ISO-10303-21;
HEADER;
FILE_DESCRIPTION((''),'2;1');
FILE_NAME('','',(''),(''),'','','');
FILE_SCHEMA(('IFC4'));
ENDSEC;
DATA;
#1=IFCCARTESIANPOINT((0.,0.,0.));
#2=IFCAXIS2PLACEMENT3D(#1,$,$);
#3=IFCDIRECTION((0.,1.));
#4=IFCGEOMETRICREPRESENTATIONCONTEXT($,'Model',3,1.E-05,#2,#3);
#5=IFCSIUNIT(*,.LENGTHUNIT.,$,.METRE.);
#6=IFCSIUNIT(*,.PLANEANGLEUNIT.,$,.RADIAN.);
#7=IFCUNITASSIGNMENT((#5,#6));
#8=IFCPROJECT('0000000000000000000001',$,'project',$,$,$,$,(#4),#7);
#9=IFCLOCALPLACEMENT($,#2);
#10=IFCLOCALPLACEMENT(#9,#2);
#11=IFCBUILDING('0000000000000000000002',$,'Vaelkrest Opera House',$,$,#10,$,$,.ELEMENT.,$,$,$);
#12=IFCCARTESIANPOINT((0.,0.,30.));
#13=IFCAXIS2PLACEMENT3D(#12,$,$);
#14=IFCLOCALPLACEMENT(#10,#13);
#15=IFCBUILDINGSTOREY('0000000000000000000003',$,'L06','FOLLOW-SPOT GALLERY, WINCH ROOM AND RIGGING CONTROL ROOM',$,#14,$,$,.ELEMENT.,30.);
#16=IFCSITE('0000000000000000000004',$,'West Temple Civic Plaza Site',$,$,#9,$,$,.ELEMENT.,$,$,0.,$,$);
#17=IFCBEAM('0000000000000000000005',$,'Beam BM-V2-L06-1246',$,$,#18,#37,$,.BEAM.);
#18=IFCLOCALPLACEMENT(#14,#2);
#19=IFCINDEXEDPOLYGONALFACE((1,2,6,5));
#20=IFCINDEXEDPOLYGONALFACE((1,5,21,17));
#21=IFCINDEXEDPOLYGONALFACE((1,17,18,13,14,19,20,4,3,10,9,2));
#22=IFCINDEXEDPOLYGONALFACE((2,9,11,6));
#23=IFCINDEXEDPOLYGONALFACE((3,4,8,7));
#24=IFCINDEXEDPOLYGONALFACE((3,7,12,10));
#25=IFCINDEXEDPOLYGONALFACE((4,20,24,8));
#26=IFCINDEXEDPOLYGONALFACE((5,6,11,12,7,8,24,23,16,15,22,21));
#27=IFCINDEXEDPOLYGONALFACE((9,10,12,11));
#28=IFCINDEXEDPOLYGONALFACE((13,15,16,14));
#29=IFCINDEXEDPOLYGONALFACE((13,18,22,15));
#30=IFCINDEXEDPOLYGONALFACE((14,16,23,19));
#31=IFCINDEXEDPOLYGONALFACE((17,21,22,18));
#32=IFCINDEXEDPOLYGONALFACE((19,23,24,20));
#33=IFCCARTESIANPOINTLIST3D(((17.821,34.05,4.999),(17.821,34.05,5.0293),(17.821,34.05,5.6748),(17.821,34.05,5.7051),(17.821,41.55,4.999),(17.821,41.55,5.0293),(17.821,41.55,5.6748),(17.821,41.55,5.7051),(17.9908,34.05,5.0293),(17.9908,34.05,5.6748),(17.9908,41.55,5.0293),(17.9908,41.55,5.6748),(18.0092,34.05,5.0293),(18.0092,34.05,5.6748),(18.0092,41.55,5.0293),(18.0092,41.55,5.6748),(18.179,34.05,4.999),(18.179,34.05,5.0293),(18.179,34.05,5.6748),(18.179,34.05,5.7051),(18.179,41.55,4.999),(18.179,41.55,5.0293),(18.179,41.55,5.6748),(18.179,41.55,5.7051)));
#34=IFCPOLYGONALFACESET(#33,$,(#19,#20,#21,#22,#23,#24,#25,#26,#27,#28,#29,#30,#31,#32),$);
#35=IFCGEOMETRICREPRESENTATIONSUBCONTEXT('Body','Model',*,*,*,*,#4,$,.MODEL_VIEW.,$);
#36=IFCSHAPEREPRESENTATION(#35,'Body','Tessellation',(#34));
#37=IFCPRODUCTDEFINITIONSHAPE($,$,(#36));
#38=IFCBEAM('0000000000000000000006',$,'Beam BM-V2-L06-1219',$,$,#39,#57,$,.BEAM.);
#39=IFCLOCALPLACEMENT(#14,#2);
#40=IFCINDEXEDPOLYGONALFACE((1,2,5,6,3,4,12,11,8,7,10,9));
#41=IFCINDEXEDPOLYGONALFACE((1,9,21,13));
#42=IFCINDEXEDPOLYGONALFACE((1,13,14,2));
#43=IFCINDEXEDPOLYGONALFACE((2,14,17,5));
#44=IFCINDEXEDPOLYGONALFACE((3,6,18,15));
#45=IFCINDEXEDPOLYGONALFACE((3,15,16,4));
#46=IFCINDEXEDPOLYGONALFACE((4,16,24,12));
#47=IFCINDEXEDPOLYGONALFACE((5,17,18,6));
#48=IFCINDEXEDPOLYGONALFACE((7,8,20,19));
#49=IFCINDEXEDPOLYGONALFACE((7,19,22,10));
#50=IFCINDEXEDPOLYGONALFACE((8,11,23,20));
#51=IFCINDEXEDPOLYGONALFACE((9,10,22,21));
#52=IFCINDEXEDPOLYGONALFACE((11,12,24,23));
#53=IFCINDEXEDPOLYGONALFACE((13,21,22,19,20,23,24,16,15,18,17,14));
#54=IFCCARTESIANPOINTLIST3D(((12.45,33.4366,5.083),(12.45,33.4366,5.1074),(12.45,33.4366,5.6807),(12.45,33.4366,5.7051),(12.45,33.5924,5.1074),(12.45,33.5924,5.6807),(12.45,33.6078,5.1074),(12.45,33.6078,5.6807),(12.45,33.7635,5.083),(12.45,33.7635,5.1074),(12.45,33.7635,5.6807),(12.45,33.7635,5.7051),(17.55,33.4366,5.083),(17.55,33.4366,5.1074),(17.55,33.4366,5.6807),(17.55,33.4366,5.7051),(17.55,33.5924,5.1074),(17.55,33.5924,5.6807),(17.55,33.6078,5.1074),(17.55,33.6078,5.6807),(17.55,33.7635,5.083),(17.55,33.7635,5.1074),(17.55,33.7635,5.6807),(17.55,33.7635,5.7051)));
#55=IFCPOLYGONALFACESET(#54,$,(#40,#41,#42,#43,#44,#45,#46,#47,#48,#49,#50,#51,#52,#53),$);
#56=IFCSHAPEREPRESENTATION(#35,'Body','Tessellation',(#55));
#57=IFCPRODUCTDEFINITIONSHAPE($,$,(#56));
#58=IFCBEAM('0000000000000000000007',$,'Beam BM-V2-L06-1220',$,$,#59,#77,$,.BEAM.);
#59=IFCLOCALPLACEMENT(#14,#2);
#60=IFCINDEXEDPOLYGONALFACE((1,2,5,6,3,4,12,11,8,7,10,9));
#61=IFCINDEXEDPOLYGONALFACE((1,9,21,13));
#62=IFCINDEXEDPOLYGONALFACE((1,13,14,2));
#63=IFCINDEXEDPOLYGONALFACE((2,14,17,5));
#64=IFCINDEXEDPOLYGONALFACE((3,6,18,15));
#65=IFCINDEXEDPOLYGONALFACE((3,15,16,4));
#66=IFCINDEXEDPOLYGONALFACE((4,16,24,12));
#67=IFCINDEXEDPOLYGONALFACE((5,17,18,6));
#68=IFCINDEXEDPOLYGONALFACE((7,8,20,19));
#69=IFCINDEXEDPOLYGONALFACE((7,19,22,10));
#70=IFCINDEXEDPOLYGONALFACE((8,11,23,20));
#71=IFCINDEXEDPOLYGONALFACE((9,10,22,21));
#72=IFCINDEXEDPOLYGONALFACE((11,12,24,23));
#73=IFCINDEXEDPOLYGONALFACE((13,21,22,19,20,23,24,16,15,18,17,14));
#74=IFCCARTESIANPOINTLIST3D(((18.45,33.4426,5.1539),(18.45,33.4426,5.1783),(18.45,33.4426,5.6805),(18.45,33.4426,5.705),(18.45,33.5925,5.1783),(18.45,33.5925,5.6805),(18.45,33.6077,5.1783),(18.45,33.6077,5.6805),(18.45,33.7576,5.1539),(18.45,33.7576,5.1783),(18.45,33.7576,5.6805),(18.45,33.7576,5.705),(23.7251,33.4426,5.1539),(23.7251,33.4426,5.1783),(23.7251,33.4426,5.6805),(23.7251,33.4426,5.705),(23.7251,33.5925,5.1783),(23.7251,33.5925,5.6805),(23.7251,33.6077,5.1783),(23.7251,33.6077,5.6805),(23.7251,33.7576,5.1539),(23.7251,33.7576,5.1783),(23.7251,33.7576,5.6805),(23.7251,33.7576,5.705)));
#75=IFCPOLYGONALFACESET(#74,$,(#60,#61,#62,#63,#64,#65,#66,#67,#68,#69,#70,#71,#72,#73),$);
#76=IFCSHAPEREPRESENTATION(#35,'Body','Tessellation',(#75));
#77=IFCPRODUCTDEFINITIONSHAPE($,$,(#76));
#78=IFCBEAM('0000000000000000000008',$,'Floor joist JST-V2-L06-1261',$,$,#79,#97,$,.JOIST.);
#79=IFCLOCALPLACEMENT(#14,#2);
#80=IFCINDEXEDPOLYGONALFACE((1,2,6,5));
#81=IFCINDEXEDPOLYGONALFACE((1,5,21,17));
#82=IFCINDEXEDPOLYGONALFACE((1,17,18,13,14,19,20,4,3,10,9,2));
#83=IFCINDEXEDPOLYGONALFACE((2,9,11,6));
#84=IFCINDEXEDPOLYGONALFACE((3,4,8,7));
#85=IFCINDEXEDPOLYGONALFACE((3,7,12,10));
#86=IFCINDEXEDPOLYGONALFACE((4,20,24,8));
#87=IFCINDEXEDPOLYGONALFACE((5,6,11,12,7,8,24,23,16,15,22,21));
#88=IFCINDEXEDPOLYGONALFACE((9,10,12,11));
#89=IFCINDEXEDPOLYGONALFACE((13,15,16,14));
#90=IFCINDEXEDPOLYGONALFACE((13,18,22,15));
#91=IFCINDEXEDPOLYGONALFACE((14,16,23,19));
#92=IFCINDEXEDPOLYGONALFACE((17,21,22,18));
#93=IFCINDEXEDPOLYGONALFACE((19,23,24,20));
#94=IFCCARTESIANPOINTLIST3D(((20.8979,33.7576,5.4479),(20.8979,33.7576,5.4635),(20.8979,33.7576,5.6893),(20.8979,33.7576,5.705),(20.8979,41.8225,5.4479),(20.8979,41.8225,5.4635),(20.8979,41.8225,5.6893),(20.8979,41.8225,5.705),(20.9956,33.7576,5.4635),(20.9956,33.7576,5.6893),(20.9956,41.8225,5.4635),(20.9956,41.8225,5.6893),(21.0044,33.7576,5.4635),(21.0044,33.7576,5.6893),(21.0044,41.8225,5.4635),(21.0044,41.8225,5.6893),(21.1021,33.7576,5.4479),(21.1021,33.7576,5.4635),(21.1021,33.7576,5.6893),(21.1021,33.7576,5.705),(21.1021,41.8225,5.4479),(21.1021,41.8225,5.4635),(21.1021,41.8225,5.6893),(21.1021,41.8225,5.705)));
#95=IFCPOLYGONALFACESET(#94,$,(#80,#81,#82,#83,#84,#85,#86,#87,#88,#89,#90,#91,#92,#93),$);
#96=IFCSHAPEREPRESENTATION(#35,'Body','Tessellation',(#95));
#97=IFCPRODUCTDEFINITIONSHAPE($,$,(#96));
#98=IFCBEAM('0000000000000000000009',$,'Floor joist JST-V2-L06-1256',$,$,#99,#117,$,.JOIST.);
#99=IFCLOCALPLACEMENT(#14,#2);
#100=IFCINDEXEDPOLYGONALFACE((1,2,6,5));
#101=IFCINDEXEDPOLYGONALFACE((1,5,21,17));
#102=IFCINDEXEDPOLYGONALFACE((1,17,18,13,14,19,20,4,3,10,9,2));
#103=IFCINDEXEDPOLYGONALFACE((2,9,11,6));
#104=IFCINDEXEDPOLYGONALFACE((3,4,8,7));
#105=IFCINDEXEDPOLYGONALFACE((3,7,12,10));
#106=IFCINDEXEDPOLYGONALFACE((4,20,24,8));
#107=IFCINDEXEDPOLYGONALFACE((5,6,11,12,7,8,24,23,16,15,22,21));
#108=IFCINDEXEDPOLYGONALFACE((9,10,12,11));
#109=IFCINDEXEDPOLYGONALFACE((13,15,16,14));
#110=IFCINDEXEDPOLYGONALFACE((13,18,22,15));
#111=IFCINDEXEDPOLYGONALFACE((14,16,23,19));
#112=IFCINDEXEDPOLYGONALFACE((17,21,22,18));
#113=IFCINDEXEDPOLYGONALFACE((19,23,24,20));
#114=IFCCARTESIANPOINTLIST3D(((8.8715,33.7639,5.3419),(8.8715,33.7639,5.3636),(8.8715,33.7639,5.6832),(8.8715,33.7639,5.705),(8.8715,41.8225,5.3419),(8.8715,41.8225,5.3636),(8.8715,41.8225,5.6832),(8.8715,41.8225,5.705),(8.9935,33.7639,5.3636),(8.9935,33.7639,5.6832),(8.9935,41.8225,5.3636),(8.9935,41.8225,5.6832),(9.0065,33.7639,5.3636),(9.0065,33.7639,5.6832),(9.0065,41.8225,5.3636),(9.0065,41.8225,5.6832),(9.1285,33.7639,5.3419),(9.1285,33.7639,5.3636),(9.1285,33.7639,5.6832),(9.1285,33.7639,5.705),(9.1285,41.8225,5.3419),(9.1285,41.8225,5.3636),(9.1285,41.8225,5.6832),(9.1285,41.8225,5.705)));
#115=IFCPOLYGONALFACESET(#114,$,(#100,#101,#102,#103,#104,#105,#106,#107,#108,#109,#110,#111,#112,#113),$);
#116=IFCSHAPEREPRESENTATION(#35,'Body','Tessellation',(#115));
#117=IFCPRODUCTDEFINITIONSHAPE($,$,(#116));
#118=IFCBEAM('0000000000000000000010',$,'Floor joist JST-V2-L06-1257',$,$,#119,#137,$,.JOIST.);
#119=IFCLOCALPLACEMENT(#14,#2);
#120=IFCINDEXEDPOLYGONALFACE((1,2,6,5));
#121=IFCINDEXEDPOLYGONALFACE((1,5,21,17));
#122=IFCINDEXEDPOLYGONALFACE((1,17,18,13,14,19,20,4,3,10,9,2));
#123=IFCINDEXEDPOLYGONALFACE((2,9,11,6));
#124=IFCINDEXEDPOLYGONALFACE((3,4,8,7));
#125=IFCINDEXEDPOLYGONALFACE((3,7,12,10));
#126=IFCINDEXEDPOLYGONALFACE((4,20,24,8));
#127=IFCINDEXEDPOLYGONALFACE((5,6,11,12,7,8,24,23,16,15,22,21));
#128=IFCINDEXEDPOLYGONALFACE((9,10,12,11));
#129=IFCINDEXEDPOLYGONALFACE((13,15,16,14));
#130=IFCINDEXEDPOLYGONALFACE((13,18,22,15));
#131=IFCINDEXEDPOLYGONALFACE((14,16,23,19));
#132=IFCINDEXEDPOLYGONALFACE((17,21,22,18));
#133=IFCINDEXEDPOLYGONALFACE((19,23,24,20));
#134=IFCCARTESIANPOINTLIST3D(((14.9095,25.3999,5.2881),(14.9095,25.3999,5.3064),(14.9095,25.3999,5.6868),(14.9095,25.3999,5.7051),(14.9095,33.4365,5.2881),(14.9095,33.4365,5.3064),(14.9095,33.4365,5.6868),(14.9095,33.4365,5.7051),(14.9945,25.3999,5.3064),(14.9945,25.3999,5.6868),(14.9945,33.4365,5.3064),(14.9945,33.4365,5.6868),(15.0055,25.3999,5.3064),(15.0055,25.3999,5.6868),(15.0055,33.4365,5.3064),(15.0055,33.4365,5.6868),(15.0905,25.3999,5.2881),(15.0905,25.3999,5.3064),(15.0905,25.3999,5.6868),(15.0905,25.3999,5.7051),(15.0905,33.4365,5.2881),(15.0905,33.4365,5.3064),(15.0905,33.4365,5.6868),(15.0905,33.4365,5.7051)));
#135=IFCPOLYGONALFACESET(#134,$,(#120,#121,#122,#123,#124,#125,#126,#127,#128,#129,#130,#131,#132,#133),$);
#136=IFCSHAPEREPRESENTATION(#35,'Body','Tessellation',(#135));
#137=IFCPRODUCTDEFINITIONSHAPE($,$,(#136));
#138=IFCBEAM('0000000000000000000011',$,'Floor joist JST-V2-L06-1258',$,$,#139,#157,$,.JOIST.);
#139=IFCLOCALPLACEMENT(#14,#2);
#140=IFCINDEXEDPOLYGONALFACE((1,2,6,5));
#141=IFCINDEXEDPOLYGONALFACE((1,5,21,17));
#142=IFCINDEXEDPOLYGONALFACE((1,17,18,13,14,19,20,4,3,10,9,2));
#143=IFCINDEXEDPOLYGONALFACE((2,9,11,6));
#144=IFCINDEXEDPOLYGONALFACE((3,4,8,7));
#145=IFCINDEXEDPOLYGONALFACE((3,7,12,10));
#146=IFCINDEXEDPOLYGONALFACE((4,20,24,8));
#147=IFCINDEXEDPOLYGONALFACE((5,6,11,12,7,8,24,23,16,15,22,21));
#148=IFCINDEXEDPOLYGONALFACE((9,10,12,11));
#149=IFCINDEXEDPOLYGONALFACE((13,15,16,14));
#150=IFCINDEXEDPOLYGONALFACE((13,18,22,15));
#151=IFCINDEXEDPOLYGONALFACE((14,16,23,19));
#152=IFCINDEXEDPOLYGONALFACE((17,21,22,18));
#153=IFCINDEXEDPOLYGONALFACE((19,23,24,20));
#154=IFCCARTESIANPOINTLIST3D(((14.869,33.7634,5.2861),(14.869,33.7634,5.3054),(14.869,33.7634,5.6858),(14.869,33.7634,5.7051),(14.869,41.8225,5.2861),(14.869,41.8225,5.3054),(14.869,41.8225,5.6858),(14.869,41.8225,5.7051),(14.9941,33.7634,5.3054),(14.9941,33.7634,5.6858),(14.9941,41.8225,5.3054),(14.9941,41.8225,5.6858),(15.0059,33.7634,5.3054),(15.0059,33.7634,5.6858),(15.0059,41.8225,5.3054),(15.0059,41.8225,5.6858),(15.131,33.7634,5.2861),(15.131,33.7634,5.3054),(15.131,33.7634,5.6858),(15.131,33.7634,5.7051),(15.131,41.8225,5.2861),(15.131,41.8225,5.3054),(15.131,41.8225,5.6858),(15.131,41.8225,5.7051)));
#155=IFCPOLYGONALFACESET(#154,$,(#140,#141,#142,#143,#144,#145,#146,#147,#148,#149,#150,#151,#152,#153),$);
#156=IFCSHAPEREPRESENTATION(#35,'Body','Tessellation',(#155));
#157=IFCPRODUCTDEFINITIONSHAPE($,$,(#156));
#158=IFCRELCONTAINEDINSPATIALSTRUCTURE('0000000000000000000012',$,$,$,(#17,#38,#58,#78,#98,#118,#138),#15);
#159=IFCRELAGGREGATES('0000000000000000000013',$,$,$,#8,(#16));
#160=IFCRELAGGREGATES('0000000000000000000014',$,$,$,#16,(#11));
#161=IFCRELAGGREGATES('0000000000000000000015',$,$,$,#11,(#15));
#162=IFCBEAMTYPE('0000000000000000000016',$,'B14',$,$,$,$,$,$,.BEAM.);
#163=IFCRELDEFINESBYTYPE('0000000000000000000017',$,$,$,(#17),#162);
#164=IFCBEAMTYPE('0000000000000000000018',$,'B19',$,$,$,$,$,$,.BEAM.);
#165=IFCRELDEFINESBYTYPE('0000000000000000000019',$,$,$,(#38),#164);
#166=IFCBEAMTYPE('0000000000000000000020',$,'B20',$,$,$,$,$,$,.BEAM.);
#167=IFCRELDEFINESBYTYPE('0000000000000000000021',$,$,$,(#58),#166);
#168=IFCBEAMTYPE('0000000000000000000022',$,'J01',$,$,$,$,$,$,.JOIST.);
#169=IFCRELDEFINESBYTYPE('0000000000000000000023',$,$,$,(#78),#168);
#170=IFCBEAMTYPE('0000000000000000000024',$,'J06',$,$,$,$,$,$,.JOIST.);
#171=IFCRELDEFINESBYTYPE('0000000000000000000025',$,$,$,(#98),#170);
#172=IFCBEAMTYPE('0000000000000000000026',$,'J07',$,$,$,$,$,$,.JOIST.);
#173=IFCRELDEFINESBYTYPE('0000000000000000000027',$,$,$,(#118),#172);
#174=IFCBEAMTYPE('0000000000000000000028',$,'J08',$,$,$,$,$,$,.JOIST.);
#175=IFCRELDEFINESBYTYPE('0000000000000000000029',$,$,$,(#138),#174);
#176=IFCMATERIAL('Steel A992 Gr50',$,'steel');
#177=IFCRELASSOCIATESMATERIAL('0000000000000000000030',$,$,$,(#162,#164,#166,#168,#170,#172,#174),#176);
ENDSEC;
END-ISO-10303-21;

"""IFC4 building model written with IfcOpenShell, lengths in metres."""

from ifc_helpers import new_model, si_unit, direction, frame, origin, origin_2d, place, context, subcontext, project, spatial, i_section, extrude, material, material_profile, profile_set, type_object, element, save


model = new_model("IFC4")

# Units and contexts
model_context = context("Model", 3, precision=1e-05, world=origin(), true_north=direction((0.0, 1.0)))
body_context = subcontext(model_context, "Body", "Model", "MODEL_VIEW")
ifc_project = project(units=[si_unit("LENGTHUNIT", "METRE"), si_unit("PLANEANGLEUNIT", "RADIAN")], contexts=[model_context])

# Site, building, storey
site_placement = place(None, origin())
site = spatial("IfcSite", under=ifc_project, at=site_placement, Name="West Temple Civic Plaza Site", CompositionType="ELEMENT", RefElevation=0.0)
building_placement = place(site_placement, origin())
building = spatial("IfcBuilding", under=site, at=building_placement, Name="Vaelkrest Opera House", CompositionType="ELEMENT")
storey_placement = place(building_placement, frame((0.0, 0.0, 30.0)))
storey = spatial("IfcBuildingStorey", under=building, at=storey_placement, Name="L06", Description="FOLLOW-SPOT GALLERY, WINCH ROOM AND RIGGING CONTROL ROOM", CompositionType="ELEMENT", Elevation=30.0)

# Beams
ifc_material_1 = material(Name="Steel A992 Gr50", Category="steel")
ifc_material_profile_1 = material_profile(ifc_material_1, i_section(OverallWidth=0.3579, OverallDepth=0.7061, WebThickness=0.0183, FlangeThickness=0.0303, at=origin_2d()), Name="W27X178")
ifc_profile_set_1 = profile_set([ifc_material_profile_1], Name="Steel A992 Gr50")
beam_type_1 = type_object("IfcBeamType", Name="B14", PredefinedType="BEAM", material=ifc_profile_set_1)
beam_1_placement = place(storey_placement, frame((18.0, 34.05, 5.3521), z_axis=(0.0, 1.0, 0.0), x_axis=(-1.0, 0.0, 0.0)))
element("IfcBeam", 1, at=beam_1_placement, inside=storey, type_object=beam_type_1, Name="Beam BM-V2-L06-1246", PredefinedType="BEAM", context=body_context, shape_type="SweptSolid", body=[
    extrude(i_section(OverallWidth=0.3579, OverallDepth=0.7061, WebThickness=0.0183, FlangeThickness=0.0303, at=origin_2d()), origin(), (0.0, 0.0, 1.0), 7.5),
])
ifc_material_profile_2 = material_profile(ifc_material_1, i_section(OverallWidth=0.3269, OverallDepth=0.6221, WebThickness=0.0154, FlangeThickness=0.0244, at=origin_2d()), Name="W24X131")
ifc_profile_set_2 = profile_set([ifc_material_profile_2], Name="Steel A992 Gr50")
beam_type_2 = type_object("IfcBeamType", Name="B19", PredefinedType="BEAM", material=ifc_profile_set_2)
beam_2_placement = place(storey_placement, frame((12.45, 33.6001, 5.394), z_axis=(1.0, 0.0, 0.0), x_axis=(0.0, 1.0, 0.0)))
element("IfcBeam", 2, at=beam_2_placement, inside=storey, type_object=beam_type_2, Name="Beam BM-V2-L06-1219", PredefinedType="BEAM", context=body_context, shape_type="SweptSolid", body=[
    extrude(i_section(OverallWidth=0.3269, OverallDepth=0.6221, WebThickness=0.0154, FlangeThickness=0.0244, at=origin_2d()), origin(), (0.0, 0.0, 1.0), 5.1001),
])
ifc_material_profile_3 = material_profile(ifc_material_1, i_section(OverallWidth=0.3149, OverallDepth=0.551, WebThickness=0.0151, FlangeThickness=0.0244, at=origin_2d()), Name="W21X122")
ifc_profile_set_3 = profile_set([ifc_material_profile_3], Name="Steel A992 Gr50")
beam_type_3 = type_object("IfcBeamType", Name="B20", PredefinedType="BEAM", material=ifc_profile_set_3)
beam_3_placement = place(storey_placement, frame((18.45, 33.6001, 5.4294), z_axis=(1.0, 0.0, 0.0), x_axis=(0.0, 1.0, 0.0)))
element("IfcBeam", 3, at=beam_3_placement, inside=storey, type_object=beam_type_3, Name="Beam BM-V2-L06-1220", PredefinedType="BEAM", context=body_context, shape_type="SweptSolid", body=[
    extrude(i_section(OverallWidth=0.3149, OverallDepth=0.551, WebThickness=0.0151, FlangeThickness=0.0244, at=origin_2d()), origin(), (0.0, 0.0, 1.0), 5.2751),
])
ifc_material_profile_4 = material_profile(ifc_material_1, i_section(OverallWidth=0.2041, OverallDepth=0.2571, WebThickness=0.0088, FlangeThickness=0.0156, at=origin_2d()), Name="W10X45")
ifc_profile_set_4 = profile_set([ifc_material_profile_4], Name="Steel A992 Gr50")
beam_type_4 = type_object("IfcBeamType", Name="J01", PredefinedType="JOIST", material=ifc_profile_set_4)
beam_4_placement = place(storey_placement, frame((21.0, 33.7576, 5.5764), z_axis=(0.0, 1.0, 0.0), x_axis=(-1.0, 0.0, 0.0)))
element("IfcBeam", 4, at=beam_4_placement, inside=storey, type_object=beam_type_4, Name="Floor joist JST-V2-L06-1261", PredefinedType="JOIST", context=body_context, shape_type="SweptSolid", body=[
    extrude(i_section(OverallWidth=0.2041, OverallDepth=0.2571, WebThickness=0.0088, FlangeThickness=0.0156, at=origin_2d()), origin(), (0.0, 0.0, 1.0), 8.0649),
])
ifc_material_profile_5 = material_profile(ifc_material_1, i_section(OverallWidth=0.2571, OverallDepth=0.363, WebThickness=0.0129, FlangeThickness=0.0217, at=origin_2d()), Name="W14X82")
ifc_profile_set_5 = profile_set([ifc_material_profile_5], Name="Steel A992 Gr50")
beam_type_5 = type_object("IfcBeamType", Name="J06", PredefinedType="JOIST", material=ifc_profile_set_5)
beam_5_placement = place(storey_placement, frame((9.0, 33.7639, 5.5234), z_axis=(0.0, 1.0, 0.0), x_axis=(-1.0, 0.0, 0.0)))
element("IfcBeam", 5, at=beam_5_placement, inside=storey, type_object=beam_type_5, Name="Floor joist JST-V2-L06-1256", PredefinedType="JOIST", context=body_context, shape_type="SweptSolid", body=[
    extrude(i_section(OverallWidth=0.2571, OverallDepth=0.363, WebThickness=0.0129, FlangeThickness=0.0217, at=origin_2d()), origin(), (0.0, 0.0, 1.0), 8.0586),
])
ifc_material_profile_6 = material_profile(ifc_material_1, i_section(OverallWidth=0.1809, OverallDepth=0.417, WebThickness=0.011, FlangeThickness=0.0183, at=origin_2d()), Name="W16X57")
ifc_profile_set_6 = profile_set([ifc_material_profile_6], Name="Steel A992 Gr50")
beam_type_6 = type_object("IfcBeamType", Name="J07", PredefinedType="JOIST", material=ifc_profile_set_6)
beam_6_placement = place(storey_placement, frame((15.0, 25.3999, 5.4966), z_axis=(0.0, 1.0, 0.0), x_axis=(-1.0, 0.0, 0.0)))
element("IfcBeam", 6, at=beam_6_placement, inside=storey, type_object=beam_type_6, Name="Floor joist JST-V2-L06-1257", PredefinedType="JOIST", context=body_context, shape_type="SweptSolid", body=[
    extrude(i_section(OverallWidth=0.1809, OverallDepth=0.417, WebThickness=0.011, FlangeThickness=0.0183, at=origin_2d()), origin(), (0.0, 0.0, 1.0), 8.0366),
])
ifc_material_profile_7 = material_profile(ifc_material_1, i_section(OverallWidth=0.262, OverallDepth=0.4189, WebThickness=0.0117, FlangeThickness=0.0193, at=origin_2d()), Name="W16X77")
ifc_profile_set_7 = profile_set([ifc_material_profile_7], Name="Steel A992 Gr50")
beam_type_7 = type_object("IfcBeamType", Name="J08", PredefinedType="JOIST", material=ifc_profile_set_7)
beam_7_placement = place(storey_placement, frame((15.0, 33.7634, 5.4956), z_axis=(0.0, 1.0, 0.0), x_axis=(-1.0, 0.0, 0.0)))
element("IfcBeam", 7, at=beam_7_placement, inside=storey, type_object=beam_type_7, Name="Floor joist JST-V2-L06-1258", PredefinedType="JOIST", context=body_context, shape_type="SweptSolid", body=[
    extrude(i_section(OverallWidth=0.262, OverallDepth=0.4189, WebThickness=0.0117, FlangeThickness=0.0193, at=origin_2d()), origin(), (0.0, 0.0, 1.0), 8.0591),
])

save(model, "model.ifc")
